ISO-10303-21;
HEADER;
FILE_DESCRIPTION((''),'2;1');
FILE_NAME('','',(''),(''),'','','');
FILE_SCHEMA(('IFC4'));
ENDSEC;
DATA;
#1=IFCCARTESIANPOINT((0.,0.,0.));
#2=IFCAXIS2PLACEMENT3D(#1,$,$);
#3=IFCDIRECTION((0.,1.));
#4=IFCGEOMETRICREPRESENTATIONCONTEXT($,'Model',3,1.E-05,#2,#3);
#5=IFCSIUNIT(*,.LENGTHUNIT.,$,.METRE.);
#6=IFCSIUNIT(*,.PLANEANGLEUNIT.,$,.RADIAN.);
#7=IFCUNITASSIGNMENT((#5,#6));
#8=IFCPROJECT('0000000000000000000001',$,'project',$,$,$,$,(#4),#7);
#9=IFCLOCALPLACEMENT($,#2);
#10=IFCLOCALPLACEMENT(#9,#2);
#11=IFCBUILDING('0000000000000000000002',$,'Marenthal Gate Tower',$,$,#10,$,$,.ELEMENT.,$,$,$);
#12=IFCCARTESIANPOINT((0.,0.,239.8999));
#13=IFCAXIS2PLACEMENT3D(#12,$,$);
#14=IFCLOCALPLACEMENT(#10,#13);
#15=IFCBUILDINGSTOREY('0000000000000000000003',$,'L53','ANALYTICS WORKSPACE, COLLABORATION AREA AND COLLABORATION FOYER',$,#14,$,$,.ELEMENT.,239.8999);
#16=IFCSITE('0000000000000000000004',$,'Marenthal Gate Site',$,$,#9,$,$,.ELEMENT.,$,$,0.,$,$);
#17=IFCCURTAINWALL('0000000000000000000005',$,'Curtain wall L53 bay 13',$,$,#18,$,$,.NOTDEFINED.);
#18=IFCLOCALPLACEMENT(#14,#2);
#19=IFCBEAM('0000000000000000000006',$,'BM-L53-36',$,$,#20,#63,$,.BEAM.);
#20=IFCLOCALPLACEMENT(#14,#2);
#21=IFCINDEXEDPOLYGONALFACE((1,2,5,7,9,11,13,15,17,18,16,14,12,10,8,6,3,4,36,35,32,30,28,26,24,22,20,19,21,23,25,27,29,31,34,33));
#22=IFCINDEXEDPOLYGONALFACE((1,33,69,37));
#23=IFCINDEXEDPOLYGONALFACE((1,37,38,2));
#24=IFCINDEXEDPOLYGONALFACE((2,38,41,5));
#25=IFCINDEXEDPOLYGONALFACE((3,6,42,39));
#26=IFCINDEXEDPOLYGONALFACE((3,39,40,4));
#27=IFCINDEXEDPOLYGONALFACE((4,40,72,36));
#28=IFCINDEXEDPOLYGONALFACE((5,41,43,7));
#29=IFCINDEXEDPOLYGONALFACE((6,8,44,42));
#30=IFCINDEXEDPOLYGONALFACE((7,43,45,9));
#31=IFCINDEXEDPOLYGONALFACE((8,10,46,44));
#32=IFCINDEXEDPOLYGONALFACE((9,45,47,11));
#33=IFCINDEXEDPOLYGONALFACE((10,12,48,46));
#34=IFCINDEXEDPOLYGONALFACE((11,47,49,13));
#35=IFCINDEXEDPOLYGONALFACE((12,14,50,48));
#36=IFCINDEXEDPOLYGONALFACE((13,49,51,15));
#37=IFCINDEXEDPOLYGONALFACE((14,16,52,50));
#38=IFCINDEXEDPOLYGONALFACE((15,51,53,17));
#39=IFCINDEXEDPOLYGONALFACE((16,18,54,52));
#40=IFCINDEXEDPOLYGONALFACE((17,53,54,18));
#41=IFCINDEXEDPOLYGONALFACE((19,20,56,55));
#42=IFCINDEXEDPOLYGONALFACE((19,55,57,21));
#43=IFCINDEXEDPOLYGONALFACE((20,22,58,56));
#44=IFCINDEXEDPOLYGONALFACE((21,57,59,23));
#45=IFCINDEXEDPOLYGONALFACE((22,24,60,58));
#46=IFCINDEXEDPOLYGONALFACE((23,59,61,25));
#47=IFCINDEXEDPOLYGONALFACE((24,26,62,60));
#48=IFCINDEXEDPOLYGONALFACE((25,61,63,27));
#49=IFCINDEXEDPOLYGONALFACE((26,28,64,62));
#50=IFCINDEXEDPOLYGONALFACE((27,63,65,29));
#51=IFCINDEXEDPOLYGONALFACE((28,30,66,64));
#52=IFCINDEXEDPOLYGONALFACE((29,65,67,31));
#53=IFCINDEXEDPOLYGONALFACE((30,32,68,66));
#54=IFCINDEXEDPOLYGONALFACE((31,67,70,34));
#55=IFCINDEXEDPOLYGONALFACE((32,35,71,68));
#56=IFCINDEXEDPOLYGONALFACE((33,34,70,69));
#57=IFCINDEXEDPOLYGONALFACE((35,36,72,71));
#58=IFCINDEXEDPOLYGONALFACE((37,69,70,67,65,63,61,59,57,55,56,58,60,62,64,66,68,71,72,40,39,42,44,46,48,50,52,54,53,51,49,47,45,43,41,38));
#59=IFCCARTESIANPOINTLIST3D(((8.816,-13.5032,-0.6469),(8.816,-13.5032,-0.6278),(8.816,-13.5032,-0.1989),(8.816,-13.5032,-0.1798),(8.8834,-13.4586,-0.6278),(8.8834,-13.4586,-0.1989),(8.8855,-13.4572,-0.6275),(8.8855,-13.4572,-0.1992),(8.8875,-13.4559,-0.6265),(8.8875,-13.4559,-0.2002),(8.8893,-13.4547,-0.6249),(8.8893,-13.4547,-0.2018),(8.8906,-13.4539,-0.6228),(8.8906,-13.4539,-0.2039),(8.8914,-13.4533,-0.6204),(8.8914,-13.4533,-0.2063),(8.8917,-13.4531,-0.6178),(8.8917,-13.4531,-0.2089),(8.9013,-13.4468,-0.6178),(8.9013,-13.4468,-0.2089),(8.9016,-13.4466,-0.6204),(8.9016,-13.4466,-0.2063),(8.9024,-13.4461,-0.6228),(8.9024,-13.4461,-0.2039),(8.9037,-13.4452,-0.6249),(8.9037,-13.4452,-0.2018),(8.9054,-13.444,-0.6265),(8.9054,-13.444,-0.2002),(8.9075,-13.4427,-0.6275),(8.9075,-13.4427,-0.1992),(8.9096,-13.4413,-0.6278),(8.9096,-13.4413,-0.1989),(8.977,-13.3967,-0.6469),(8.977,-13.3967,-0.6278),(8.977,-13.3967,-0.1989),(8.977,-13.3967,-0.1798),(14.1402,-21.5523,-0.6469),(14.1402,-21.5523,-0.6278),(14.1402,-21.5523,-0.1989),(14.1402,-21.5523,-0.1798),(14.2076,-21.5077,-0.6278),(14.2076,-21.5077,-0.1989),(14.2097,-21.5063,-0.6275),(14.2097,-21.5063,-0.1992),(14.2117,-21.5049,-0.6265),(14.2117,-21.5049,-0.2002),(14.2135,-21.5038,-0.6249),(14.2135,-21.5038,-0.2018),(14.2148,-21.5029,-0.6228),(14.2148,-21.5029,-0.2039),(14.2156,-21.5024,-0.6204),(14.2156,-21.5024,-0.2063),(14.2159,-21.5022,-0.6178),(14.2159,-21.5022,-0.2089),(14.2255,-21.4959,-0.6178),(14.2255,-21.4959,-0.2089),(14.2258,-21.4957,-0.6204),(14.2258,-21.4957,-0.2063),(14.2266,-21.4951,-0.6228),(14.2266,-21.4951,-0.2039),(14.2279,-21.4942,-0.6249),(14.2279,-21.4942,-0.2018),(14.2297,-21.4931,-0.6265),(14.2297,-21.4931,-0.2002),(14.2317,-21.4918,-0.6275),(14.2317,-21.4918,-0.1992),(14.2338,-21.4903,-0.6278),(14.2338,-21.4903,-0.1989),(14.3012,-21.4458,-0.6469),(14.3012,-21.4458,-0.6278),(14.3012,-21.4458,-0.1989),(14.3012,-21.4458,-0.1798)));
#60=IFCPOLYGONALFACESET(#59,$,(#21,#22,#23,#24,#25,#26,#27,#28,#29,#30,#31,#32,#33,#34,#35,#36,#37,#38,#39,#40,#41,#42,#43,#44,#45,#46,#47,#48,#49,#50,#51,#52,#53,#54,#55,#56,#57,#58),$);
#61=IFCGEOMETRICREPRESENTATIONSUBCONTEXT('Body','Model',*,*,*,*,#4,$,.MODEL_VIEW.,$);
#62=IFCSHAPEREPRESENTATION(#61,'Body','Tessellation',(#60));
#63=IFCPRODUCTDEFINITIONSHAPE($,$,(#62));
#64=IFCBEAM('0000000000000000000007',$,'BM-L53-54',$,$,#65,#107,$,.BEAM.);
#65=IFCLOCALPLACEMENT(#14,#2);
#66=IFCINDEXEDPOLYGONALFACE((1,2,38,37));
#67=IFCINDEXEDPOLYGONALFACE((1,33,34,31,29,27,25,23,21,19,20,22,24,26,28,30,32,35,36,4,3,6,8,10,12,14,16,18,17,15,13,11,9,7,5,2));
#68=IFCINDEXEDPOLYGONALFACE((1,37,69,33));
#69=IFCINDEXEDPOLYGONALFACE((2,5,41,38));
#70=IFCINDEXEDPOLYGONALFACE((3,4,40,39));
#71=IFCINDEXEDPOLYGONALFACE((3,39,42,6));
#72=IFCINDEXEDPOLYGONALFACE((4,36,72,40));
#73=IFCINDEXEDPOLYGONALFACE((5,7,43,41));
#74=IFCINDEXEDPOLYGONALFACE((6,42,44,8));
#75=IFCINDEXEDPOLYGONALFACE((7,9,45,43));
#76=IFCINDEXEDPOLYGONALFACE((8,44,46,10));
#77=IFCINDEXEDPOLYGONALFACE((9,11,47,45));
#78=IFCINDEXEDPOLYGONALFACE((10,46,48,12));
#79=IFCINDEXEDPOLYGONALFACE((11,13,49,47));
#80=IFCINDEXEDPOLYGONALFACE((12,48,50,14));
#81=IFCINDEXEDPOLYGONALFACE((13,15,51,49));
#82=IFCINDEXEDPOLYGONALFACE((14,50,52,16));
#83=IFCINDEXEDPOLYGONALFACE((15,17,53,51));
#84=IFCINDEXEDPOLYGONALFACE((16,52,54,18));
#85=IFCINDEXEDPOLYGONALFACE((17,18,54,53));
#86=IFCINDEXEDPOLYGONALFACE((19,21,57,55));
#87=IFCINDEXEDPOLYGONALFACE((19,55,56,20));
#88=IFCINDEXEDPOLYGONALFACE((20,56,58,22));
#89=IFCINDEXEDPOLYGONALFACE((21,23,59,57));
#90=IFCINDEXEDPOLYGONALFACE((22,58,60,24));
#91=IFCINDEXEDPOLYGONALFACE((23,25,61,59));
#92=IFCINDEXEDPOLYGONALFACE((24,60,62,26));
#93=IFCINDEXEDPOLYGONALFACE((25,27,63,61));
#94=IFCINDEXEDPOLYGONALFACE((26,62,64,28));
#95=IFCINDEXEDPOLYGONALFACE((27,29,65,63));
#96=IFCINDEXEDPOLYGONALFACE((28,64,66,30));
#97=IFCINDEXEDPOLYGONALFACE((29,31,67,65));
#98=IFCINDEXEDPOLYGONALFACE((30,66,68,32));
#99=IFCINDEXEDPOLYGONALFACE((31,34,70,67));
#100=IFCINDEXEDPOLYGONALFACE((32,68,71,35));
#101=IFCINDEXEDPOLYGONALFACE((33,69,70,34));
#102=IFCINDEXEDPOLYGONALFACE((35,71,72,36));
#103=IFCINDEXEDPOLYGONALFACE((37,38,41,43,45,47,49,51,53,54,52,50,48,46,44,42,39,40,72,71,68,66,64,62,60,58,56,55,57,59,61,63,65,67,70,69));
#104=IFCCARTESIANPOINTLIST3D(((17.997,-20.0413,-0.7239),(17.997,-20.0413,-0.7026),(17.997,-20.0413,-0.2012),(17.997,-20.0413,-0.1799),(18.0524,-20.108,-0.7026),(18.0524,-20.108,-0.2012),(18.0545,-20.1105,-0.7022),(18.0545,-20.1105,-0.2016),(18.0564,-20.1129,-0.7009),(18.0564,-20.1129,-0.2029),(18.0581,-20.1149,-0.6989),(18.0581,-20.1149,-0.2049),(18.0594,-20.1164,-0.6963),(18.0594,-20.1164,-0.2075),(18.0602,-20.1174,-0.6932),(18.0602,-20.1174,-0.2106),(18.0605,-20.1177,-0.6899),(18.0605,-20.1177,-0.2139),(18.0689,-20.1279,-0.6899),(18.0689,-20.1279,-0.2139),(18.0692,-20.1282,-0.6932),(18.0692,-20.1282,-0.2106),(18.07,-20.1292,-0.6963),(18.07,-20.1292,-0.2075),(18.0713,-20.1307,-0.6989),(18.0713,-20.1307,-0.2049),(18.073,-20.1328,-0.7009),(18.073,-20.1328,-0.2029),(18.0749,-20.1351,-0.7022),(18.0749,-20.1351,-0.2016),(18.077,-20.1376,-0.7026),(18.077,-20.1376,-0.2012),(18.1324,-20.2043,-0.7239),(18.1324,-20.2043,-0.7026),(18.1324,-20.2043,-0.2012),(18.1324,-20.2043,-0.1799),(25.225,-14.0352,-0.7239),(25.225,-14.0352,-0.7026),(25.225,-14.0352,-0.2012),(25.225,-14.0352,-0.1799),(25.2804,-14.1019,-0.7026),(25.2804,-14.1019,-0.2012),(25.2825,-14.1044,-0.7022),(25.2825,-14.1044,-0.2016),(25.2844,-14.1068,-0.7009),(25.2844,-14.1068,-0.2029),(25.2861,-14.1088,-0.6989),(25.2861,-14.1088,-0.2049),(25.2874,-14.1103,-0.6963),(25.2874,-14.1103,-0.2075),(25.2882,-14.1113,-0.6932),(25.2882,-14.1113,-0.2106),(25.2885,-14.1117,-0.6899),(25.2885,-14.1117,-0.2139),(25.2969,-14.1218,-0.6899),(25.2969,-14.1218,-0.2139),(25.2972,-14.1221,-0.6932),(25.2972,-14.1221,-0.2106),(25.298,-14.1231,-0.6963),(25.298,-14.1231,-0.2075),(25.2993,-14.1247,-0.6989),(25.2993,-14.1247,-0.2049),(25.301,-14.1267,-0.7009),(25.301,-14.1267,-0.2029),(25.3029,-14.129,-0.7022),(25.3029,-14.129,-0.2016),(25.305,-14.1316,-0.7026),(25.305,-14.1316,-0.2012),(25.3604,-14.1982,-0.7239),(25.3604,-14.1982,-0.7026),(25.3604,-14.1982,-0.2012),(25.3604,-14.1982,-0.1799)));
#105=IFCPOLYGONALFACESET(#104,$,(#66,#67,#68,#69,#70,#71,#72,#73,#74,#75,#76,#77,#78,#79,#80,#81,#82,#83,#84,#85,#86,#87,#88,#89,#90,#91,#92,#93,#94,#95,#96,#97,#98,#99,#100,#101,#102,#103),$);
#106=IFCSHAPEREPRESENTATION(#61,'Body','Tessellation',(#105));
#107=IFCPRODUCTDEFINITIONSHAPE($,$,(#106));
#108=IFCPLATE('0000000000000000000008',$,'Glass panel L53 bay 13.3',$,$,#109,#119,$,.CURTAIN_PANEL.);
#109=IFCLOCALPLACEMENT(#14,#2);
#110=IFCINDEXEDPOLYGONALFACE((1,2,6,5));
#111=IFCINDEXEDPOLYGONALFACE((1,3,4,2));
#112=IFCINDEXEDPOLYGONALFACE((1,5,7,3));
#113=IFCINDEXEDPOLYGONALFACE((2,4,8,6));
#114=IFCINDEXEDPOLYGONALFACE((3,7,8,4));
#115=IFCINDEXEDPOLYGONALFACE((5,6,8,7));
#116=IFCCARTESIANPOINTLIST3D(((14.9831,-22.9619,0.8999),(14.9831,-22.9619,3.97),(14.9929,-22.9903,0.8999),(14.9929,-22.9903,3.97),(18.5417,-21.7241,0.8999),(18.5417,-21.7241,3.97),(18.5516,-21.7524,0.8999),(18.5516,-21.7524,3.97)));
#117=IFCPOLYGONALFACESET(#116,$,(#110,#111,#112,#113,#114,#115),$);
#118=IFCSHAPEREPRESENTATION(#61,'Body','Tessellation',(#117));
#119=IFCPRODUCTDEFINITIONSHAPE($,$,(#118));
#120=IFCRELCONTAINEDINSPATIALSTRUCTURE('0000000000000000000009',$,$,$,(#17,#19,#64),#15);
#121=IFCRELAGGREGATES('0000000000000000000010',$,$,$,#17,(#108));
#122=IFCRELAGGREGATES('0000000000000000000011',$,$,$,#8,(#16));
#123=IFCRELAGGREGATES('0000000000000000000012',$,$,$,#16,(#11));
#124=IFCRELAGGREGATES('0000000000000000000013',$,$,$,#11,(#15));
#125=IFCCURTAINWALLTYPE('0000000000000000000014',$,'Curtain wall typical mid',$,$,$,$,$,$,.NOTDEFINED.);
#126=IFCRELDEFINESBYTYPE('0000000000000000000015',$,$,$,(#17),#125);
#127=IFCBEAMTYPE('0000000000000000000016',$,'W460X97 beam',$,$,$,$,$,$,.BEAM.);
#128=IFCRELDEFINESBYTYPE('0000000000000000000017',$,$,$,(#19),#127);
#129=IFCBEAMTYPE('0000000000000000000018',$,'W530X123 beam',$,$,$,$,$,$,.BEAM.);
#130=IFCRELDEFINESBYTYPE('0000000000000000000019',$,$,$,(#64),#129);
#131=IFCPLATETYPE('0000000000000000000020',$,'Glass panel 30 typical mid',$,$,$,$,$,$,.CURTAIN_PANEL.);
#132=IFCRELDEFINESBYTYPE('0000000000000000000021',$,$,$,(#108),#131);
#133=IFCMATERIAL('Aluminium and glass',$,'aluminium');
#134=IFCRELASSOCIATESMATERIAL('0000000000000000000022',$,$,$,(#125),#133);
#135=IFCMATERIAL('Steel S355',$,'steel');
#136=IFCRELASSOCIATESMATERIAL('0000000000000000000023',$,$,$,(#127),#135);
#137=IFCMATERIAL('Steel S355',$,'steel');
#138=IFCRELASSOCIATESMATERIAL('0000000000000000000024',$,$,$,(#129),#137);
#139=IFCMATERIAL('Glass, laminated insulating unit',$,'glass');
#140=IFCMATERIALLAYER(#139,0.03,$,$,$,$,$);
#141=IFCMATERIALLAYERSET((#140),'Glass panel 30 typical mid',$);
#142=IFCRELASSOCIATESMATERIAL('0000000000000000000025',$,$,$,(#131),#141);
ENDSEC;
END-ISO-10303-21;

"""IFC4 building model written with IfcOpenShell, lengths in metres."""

from ifc_helpers import new_model, si_unit, direction, frame, origin, origin_2d, place, context, subcontext, project, spatial, rectangle, i_section, extrude, material, layer, layer_set, material_profile, profile_set, type_object, element, aggregate, save


model = new_model("IFC4")

# Units and contexts
model_context = context("Model", 3, precision=1e-05, world=origin(), true_north=direction((0.0, 1.0)))
body_context = subcontext(model_context, "Body", "Model", "MODEL_VIEW")
ifc_project = project(units=[si_unit("LENGTHUNIT", "METRE"), si_unit("PLANEANGLEUNIT", "RADIAN")], contexts=[model_context])

# Site, building, storey
site_placement = place(None, origin())
site = spatial("IfcSite", under=ifc_project, at=site_placement, Name="Marenthal Gate Site", CompositionType="ELEMENT", RefElevation=0.0)
building_placement = place(site_placement, origin())
building = spatial("IfcBuilding", under=site, at=building_placement, Name="Marenthal Gate Tower", CompositionType="ELEMENT")
storey_placement = place(building_placement, frame((0.0, 0.0, 239.8999)))
storey = spatial("IfcBuildingStorey", under=building, at=storey_placement, Name="L53", Description="ANALYTICS WORKSPACE, COLLABORATION AREA AND COLLABORATION FOYER", CompositionType="ELEMENT", Elevation=239.8999)

# Curtain wall
ifc_material_1 = material(Name="Aluminium and glass", Category="aluminium")
curtain_wall_type = type_object("IfcCurtainWallType", Name="Curtain wall typical mid", PredefinedType="NOTDEFINED", material=ifc_material_1)
curtain_wall_1_placement = place(storey_placement, origin())
curtain_wall_1 = element("IfcCurtainWall", 1, at=curtain_wall_1_placement, inside=storey, type_object=curtain_wall_type, Name="Curtain wall L53 bay 13", PredefinedType="NOTDEFINED")

# Beams
ifc_material_2 = material(Name="Steel S355", Category="steel")
ifc_material_profile_1 = material_profile(ifc_material_2, i_section(OverallWidth=0.1931, OverallDepth=0.467, WebThickness=0.0115, FlangeThickness=0.019, FilletRadius=0.01, at=origin_2d()), Name="W460X97")
ifc_profile_set_1 = profile_set([ifc_material_profile_1], Name="Steel S355")
beam_type_1 = type_object("IfcBeamType", Name="W460X97 beam", PredefinedType="BEAM", material=ifc_profile_set_1)
beam_1_placement = place(storey_placement, frame((14.2207, -21.499, -0.4133), z_axis=(-0.551696, 0.834045, 0.0), x_axis=(-0.834045, -0.551696, 0.0)))
element("IfcBeam", 2, at=beam_1_placement, inside=storey, type_object=beam_type_1, Name="BM-L53-36", PredefinedType="BEAM", context=body_context, shape_type="SweptSolid", body=[
    extrude(i_section(OverallWidth=0.1931, OverallDepth=0.467, WebThickness=0.0115, FlangeThickness=0.019, FilletRadius=0.01, at=origin_2d()), origin(), (0.0, 0.0, 1.0), 9.6506),
])
ifc_material_3 = material(Name="Steel S355", Category="steel")
ifc_material_profile_2 = material_profile(ifc_material_3, i_section(OverallWidth=0.2119, OverallDepth=0.5439, WebThickness=0.0132, FlangeThickness=0.0212, FilletRadius=0.0127, at=origin_2d()), Name="W530X123")
ifc_profile_set_2 = profile_set([ifc_material_profile_2], Name="Steel S355")
beam_type_2 = type_object("IfcBeamType", Name="W530X123 beam", PredefinedType="BEAM", material=ifc_profile_set_2)
beam_2_placement = place(storey_placement, frame((18.0647, -20.1228, -0.4519), z_axis=(0.769123, 0.6391, 0.0), x_axis=(-0.6391, 0.769123, 0.0)))
element("IfcBeam", 3, at=beam_2_placement, inside=storey, type_object=beam_type_2, Name="BM-L53-54", PredefinedType="BEAM", context=body_context, shape_type="SweptSolid", body=[
    extrude(i_section(OverallWidth=0.2119, OverallDepth=0.5439, WebThickness=0.0132, FlangeThickness=0.0212, FilletRadius=0.0127, at=origin_2d()), origin(), (0.0, 0.0, 1.0), 9.3977),
])

# Plate
ifc_material_4 = material(Name="Glass, laminated insulating unit", Category="glass")
ifc_layer_1 = layer(ifc_material_4, 0.03)
ifc_layer_set_1 = layer_set([ifc_layer_1], Name="Glass panel 30 typical mid")
plate_type = type_object("IfcPlateType", Name="Glass panel 30 typical mid", PredefinedType="CURTAIN_PANEL", material=ifc_layer_set_1)
plate_placement = place(storey_placement, frame((16.7673, -22.3572, 0.8999), z_axis=(0.0, 0.0, 1.0), x_axis=(0.94449, 0.32854, 0.0)))
plate = element("IfcPlate", 4, at=plate_placement, type_object=plate_type, Name="Glass panel L53 bay 13.3", PredefinedType="CURTAIN_PANEL", context=body_context, shape_type="SweptSolid", body=[
    extrude(rectangle(XDim=3.7678, YDim=0.03, at=origin_2d()), origin(), (0.0, 0.0, 1.0), 3.0701),
])
aggregate(curtain_wall_1, [plate])

save(model, "model.ifc")
